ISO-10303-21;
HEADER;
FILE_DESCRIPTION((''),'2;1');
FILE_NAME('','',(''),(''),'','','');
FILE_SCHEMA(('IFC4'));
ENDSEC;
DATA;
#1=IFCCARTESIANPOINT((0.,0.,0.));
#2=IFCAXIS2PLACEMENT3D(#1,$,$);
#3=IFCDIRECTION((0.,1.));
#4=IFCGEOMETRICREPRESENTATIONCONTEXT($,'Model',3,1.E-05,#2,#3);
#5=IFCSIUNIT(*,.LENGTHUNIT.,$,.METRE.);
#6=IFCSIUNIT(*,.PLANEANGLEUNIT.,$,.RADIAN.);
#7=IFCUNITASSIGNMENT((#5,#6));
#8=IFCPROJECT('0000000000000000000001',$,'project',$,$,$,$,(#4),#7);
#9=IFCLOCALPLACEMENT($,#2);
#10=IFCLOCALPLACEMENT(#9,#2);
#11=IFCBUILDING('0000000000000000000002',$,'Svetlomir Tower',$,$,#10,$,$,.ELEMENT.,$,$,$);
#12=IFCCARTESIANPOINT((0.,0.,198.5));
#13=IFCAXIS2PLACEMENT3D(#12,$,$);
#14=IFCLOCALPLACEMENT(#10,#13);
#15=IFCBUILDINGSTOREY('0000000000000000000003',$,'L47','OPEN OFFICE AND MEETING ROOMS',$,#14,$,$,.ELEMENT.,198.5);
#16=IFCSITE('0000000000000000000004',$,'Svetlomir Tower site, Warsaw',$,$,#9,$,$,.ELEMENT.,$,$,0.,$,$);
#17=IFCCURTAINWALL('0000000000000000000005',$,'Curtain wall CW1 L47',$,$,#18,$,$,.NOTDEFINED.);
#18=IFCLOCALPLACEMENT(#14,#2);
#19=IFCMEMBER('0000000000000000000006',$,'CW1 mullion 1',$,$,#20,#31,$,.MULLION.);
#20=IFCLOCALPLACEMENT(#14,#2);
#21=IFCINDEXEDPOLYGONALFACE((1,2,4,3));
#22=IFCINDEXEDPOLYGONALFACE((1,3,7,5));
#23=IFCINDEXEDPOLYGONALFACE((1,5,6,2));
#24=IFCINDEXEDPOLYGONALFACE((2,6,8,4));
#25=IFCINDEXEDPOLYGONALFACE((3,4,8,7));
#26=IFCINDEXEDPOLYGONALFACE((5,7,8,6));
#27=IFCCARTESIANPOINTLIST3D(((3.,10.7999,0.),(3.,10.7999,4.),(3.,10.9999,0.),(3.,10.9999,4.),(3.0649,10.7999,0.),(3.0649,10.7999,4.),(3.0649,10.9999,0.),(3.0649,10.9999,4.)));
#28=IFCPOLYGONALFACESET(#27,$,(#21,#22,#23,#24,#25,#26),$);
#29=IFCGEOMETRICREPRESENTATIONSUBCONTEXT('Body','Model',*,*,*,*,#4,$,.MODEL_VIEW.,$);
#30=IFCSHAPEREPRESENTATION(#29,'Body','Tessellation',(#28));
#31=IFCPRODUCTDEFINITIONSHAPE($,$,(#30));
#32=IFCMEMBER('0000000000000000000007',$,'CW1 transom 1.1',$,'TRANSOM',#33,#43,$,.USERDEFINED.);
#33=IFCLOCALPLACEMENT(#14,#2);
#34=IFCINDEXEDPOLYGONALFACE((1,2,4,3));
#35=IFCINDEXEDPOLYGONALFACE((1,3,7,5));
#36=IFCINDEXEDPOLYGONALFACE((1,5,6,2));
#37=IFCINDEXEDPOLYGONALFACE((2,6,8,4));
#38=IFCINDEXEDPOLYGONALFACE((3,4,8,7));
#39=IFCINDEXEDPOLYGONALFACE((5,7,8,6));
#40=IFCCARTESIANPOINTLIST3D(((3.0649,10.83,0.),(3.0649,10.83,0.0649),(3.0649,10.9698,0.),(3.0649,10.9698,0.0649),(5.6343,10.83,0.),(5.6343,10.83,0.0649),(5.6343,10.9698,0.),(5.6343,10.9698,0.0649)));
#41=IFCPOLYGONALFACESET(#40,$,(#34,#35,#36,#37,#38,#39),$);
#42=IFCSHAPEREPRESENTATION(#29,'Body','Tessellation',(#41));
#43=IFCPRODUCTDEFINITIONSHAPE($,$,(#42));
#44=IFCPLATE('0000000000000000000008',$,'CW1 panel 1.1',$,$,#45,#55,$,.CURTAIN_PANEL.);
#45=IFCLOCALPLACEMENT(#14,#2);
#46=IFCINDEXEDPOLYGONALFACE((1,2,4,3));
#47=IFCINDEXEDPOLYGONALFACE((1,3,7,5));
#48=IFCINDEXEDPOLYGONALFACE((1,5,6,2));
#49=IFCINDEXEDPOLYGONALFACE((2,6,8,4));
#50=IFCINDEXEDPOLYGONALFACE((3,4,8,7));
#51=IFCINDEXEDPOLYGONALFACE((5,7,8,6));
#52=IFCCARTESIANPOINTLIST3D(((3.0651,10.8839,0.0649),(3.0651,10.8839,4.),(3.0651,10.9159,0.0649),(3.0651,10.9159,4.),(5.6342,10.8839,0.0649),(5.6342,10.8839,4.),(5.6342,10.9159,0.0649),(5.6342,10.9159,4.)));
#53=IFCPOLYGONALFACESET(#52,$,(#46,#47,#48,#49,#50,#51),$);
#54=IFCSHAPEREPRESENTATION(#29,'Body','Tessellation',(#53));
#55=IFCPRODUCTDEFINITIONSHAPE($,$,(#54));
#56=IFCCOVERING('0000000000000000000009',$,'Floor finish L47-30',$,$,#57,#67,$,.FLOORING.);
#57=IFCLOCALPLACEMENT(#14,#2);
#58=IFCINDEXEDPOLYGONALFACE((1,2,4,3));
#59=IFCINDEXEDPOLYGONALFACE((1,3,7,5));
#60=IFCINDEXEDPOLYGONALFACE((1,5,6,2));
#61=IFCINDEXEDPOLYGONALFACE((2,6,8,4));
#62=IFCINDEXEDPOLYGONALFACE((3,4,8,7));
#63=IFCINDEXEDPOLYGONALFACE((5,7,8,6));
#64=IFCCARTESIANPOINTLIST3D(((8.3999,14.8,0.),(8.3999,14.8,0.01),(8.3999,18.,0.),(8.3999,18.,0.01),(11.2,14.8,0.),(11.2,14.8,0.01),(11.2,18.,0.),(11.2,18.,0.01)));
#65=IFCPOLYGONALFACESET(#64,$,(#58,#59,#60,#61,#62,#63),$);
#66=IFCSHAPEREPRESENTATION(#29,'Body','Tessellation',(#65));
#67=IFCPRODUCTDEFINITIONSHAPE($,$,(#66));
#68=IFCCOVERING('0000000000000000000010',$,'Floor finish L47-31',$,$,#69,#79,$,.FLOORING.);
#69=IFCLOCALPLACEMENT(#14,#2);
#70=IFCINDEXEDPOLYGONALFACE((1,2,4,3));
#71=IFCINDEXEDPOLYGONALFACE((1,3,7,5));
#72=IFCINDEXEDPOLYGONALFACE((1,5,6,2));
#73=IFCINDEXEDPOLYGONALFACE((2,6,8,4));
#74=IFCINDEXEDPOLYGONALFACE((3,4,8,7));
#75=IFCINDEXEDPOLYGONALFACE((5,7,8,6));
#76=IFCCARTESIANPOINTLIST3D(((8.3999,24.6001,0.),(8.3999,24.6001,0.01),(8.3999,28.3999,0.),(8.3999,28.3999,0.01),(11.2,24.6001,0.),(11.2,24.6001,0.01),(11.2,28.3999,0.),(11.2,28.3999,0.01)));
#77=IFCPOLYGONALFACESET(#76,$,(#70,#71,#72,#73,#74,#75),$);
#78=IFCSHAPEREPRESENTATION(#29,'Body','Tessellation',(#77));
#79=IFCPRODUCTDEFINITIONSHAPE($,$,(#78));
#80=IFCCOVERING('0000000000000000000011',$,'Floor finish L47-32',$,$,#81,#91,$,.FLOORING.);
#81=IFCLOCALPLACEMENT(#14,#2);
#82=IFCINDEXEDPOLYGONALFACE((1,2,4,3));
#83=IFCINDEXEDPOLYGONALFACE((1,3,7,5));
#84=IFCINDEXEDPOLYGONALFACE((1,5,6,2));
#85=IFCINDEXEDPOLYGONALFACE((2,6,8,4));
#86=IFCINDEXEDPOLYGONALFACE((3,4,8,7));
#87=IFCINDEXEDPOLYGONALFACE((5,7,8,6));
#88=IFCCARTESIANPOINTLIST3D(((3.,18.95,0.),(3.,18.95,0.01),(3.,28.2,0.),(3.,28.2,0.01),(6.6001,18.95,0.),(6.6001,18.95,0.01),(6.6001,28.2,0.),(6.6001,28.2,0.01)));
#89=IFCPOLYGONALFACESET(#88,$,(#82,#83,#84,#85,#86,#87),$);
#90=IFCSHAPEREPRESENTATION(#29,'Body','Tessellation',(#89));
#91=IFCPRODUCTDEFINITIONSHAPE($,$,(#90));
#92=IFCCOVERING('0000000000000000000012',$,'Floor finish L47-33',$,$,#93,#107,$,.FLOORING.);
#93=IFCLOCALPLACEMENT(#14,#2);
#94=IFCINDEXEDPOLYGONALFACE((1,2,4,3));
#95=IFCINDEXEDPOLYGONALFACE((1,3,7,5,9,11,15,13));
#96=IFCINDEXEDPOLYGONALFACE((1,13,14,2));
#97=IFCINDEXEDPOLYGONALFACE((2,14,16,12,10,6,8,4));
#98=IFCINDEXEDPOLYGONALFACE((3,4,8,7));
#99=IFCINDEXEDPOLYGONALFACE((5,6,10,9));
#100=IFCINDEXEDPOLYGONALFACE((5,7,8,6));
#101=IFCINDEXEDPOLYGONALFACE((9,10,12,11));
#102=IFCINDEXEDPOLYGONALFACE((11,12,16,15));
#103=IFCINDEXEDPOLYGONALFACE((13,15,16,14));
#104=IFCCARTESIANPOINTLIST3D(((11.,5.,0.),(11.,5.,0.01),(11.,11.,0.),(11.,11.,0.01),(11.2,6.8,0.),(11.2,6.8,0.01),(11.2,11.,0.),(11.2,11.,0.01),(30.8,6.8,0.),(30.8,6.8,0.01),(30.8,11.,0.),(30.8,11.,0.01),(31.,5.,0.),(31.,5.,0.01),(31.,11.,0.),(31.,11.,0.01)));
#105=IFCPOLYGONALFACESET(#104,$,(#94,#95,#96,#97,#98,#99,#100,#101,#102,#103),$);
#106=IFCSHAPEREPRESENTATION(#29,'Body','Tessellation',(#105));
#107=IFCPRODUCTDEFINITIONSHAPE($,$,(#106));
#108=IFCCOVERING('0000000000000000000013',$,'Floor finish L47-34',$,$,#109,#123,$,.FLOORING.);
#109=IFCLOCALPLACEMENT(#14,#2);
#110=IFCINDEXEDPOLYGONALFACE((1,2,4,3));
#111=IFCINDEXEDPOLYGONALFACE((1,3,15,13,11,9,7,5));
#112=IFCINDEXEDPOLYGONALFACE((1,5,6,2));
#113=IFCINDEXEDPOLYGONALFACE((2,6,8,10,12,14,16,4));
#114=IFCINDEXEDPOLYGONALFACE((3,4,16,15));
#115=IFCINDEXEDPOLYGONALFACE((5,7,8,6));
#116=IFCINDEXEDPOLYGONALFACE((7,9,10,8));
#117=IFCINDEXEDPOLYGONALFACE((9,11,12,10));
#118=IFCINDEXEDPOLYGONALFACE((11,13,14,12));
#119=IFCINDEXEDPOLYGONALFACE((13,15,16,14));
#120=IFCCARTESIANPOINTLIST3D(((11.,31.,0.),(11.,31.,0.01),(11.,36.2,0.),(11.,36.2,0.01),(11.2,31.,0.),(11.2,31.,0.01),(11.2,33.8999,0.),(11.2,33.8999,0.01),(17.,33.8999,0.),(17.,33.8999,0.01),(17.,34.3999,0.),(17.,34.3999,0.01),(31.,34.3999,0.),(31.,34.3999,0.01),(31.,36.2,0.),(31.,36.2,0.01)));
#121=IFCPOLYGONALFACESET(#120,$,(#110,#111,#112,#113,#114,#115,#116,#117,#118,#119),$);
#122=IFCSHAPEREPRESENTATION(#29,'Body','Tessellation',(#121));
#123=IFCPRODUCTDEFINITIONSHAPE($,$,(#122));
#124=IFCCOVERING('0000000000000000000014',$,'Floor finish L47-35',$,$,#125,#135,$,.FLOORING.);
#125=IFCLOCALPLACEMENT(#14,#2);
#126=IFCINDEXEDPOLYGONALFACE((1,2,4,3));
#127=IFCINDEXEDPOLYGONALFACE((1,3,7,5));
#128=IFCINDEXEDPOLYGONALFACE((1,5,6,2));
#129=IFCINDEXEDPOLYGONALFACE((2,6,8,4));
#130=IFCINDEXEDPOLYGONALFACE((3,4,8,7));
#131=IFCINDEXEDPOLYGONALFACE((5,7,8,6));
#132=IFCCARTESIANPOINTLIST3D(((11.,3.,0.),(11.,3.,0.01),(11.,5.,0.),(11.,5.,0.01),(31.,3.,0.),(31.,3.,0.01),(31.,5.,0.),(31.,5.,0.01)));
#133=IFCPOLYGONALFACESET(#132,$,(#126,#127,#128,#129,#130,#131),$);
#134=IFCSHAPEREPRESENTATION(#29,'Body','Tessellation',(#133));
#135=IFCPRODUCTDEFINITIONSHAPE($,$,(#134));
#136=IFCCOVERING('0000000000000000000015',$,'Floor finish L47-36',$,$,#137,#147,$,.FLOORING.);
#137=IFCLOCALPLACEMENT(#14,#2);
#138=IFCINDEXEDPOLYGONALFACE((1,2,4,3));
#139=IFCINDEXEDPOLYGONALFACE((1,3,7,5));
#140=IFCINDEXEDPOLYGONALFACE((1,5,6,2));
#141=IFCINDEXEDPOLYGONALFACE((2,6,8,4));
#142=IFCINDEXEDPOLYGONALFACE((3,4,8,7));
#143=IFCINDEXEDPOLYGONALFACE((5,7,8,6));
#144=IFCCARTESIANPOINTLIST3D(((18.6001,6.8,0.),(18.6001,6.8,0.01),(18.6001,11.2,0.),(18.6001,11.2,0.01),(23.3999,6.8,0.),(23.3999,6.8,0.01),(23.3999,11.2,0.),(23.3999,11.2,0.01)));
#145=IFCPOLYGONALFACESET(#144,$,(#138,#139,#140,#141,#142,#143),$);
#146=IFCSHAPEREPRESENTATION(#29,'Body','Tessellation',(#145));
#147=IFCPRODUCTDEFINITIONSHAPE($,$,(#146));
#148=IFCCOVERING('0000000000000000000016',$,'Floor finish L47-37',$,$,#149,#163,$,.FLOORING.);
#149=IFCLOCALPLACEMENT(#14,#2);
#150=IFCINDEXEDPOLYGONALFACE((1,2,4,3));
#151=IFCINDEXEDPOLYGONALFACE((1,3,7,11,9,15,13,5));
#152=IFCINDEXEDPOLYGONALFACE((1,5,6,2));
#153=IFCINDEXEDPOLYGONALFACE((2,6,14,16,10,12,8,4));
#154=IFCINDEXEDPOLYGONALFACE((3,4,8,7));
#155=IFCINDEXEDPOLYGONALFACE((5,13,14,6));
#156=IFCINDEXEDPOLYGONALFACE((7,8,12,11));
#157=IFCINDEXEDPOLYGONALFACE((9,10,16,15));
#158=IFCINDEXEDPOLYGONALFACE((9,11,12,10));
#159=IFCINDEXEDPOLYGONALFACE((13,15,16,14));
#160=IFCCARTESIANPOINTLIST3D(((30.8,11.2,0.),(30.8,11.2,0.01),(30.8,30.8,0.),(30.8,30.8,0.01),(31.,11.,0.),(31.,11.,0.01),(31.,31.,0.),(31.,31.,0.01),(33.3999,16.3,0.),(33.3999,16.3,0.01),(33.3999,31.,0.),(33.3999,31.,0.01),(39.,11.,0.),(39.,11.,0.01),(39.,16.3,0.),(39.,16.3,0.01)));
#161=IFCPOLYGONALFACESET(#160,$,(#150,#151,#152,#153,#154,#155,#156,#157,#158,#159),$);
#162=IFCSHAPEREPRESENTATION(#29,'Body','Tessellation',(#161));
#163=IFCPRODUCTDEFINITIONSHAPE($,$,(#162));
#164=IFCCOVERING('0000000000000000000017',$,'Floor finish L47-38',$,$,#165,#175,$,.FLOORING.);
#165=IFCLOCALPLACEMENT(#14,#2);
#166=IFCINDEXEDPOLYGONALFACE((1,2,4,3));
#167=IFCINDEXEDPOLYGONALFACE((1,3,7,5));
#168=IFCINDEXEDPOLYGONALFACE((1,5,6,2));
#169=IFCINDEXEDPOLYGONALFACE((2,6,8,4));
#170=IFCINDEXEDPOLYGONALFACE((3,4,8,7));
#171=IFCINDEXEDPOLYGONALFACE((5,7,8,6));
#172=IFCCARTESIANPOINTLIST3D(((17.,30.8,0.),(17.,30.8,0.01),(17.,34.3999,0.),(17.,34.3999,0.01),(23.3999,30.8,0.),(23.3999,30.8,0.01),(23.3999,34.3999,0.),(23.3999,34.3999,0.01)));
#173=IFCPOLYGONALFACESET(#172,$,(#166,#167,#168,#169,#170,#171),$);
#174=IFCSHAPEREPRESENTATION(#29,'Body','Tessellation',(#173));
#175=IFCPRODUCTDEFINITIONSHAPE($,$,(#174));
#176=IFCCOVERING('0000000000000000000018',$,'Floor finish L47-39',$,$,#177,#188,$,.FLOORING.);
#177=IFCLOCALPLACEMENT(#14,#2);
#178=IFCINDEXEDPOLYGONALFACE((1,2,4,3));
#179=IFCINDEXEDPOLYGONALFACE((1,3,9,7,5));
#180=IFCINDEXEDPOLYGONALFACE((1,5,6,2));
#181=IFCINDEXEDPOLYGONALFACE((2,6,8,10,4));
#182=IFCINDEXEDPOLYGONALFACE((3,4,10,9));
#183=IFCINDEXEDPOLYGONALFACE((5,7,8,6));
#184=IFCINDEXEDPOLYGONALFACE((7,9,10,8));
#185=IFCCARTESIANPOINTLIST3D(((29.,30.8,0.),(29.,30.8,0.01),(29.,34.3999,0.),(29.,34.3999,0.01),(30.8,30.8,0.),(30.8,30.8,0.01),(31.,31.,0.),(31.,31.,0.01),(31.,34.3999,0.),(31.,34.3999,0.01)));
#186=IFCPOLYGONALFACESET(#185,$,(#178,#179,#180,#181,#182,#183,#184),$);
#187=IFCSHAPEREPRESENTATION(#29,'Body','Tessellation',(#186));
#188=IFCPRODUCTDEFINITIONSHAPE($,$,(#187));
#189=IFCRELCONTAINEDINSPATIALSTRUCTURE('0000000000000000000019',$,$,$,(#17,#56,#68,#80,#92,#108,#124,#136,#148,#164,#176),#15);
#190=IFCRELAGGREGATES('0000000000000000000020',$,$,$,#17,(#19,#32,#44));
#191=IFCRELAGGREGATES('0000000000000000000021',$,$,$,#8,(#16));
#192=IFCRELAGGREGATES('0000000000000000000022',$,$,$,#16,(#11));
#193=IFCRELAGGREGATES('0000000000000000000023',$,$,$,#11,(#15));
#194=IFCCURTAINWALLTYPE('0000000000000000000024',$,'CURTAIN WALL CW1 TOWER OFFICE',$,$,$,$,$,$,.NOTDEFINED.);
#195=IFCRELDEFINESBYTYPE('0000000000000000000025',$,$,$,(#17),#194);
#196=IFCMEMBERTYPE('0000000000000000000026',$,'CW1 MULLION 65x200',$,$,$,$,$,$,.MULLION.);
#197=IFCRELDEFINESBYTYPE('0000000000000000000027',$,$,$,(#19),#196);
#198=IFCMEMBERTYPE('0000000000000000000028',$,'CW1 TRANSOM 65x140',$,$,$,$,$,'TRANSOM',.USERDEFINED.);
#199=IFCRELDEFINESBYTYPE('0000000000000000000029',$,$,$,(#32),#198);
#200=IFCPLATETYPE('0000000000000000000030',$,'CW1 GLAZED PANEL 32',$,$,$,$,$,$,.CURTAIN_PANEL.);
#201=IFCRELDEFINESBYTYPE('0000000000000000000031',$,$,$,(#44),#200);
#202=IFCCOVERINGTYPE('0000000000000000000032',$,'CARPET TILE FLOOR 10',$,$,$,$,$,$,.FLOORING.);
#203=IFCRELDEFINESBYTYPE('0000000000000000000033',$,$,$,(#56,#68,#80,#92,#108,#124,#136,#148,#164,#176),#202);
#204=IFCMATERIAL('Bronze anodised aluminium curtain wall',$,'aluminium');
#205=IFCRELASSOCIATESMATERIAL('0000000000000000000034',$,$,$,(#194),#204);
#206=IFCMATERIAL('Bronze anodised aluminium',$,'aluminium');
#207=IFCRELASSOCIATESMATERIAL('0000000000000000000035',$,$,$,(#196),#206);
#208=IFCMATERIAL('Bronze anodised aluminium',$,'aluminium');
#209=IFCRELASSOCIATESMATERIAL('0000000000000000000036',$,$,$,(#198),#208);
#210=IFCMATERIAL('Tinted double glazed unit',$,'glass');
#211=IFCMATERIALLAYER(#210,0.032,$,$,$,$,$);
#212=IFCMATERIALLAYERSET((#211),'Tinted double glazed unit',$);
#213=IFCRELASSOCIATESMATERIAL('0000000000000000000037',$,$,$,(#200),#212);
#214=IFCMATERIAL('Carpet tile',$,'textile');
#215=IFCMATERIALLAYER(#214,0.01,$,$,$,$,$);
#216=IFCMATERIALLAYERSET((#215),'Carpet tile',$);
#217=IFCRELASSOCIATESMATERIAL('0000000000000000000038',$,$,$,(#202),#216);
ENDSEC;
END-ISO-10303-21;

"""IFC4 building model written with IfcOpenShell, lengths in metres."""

from ifc_helpers import new_model, si_unit, direction, frame, origin, origin_2d, place, context, subcontext, project, spatial, polyline, rectangle, outline, extrude, material, layer, layer_set, material_profile, profile_set, type_object, element, aggregate, save


model = new_model("IFC4")

# Units and contexts
model_context = context("Model", 3, precision=1e-05, world=origin(), true_north=direction((0.0, 1.0)))
body_context = subcontext(model_context, "Body", "Model", "MODEL_VIEW")
ifc_project = project(units=[si_unit("LENGTHUNIT", "METRE"), si_unit("PLANEANGLEUNIT", "RADIAN")], contexts=[model_context])

# Site, building, storey
site_placement = place(None, origin())
site = spatial("IfcSite", under=ifc_project, at=site_placement, Name="Svetlomir Tower site, Warsaw", CompositionType="ELEMENT", RefElevation=0.0)
building_placement = place(site_placement, origin())
building = spatial("IfcBuilding", under=site, at=building_placement, Name="Svetlomir Tower", CompositionType="ELEMENT")
storey_placement = place(building_placement, frame((0.0, 0.0, 198.5)))
storey = spatial("IfcBuildingStorey", under=building, at=storey_placement, Name="L47", Description="OPEN OFFICE AND MEETING ROOMS", CompositionType="ELEMENT", Elevation=198.5)

# Curtain wall, members, plate
ifc_material_1 = material(Name="Bronze anodised aluminium curtain wall", Category="aluminium")
curtain_wall_type = type_object("IfcCurtainWallType", Name="CURTAIN WALL CW1 TOWER OFFICE", PredefinedType="NOTDEFINED", material=ifc_material_1)
curtain_wall_placement = place(storey_placement, origin())
curtain_wall = element("IfcCurtainWall", 1, at=curtain_wall_placement, inside=storey, type_object=curtain_wall_type, Name="Curtain wall CW1 L47", PredefinedType="NOTDEFINED")
ifc_material_2 = material(Name="Bronze anodised aluminium", Category="aluminium")
ifc_material_profile_1 = material_profile(ifc_material_2, rectangle(XDim=0.0649, YDim=0.2, at=origin_2d()), Name="AL 65x200")
ifc_profile_set_1 = profile_set([ifc_material_profile_1], Name="Bronze anodised aluminium 6063-T6")
member_type_1 = type_object("IfcMemberType", Name="CW1 MULLION 65x200", PredefinedType="MULLION", material=ifc_profile_set_1)
member_1_placement = place(storey_placement, frame((3.0325, 10.8999, 0.0), z_axis=(0.0, 0.0, 1.0), x_axis=(1.0, 0.0, 0.0)))
member_1 = element("IfcMember", 2, at=member_1_placement, type_object=member_type_1, Name="CW1 mullion 1", PredefinedType="MULLION", context=body_context, shape_type="SweptSolid", body=[
    extrude(rectangle(XDim=0.0649, YDim=0.2, at=origin_2d()), origin(), (0.0, 0.0, 1.0), 4.0),
])
ifc_material_3 = material(Name="Bronze anodised aluminium", Category="aluminium")
ifc_material_profile_2 = material_profile(ifc_material_3, rectangle(XDim=0.1399, YDim=0.0649, at=origin_2d()), Name="AL 140x65")
ifc_profile_set_2 = profile_set([ifc_material_profile_2], Name="Bronze anodised aluminium 6063-T6")
member_type_2 = type_object("IfcMemberType", Name="CW1 TRANSOM 65x140", ElementType="TRANSOM", PredefinedType="USERDEFINED", material=ifc_profile_set_2)
member_2_placement = place(storey_placement, frame((3.0649, 10.8999, 0.0325), z_axis=(1.0, 0.0, 0.0), x_axis=(0.0, 1.0, 0.0)))
member_2 = element("IfcMember", 3, at=member_2_placement, type_object=member_type_2, Name="CW1 transom 1.1", ObjectType="TRANSOM", PredefinedType="USERDEFINED", context=body_context, shape_type="SweptSolid", body=[
    extrude(rectangle(XDim=0.1399, YDim=0.0649, at=origin_2d()), origin(), (0.0, 0.0, 1.0), 2.5693),
])
ifc_material_4 = material(Name="Tinted double glazed unit", Category="glass")
ifc_layer_1 = layer(ifc_material_4, 0.032)
ifc_layer_set_1 = layer_set([ifc_layer_1], Name="Tinted double glazed unit")
plate_type = type_object("IfcPlateType", Name="CW1 GLAZED PANEL 32", PredefinedType="CURTAIN_PANEL", material=ifc_layer_set_1)
plate_placement = place(storey_placement, frame((4.3496, 10.8999, 0.0649), z_axis=(0.0, 0.0, 1.0), x_axis=(1.0, 0.0, 0.0)))
plate = element("IfcPlate", 4, at=plate_placement, type_object=plate_type, Name="CW1 panel 1.1", PredefinedType="CURTAIN_PANEL", context=body_context, shape_type="SweptSolid", body=[
    extrude(rectangle(XDim=2.5691, YDim=0.032, at=origin_2d()), origin(), (0.0, 0.0, 1.0), 3.9351),
])
aggregate(curtain_wall, [member_1, member_2, plate])

# Coverings
ifc_material_5 = material(Name="Carpet tile", Category="textile")
ifc_layer_2 = layer(ifc_material_5, 0.01)
ifc_layer_set_2 = layer_set([ifc_layer_2], Name="Carpet tile")
covering_type_1 = type_object("IfcCoveringType", Name="CARPET TILE FLOOR 10", PredefinedType="FLOORING", material=ifc_layer_set_2)
covering_1_placement = place(storey_placement, origin())
element("IfcCovering", 5, at=covering_1_placement, inside=storey, type_object=covering_type_1, Name="Floor finish L47-30", PredefinedType="FLOORING", context=body_context, shape_type="SweptSolid", body=[
    extrude(outline(polyline([(8.3999, 14.8), (11.2, 14.8), (11.2, 18.0), (8.3999, 18.0), (8.3999, 14.8)])), origin(), (0.0, 0.0, 1.0), 0.01),
])
covering_2_placement = place(storey_placement, origin())
element("IfcCovering", 6, at=covering_2_placement, inside=storey, type_object=covering_type_1, Name="Floor finish L47-31", PredefinedType="FLOORING", context=body_context, shape_type="SweptSolid", body=[
    extrude(outline(polyline([(8.3999, 24.6001), (11.2, 24.6001), (11.2, 28.3999), (8.3999, 28.3999), (8.3999, 24.6001)])), origin(), (0.0, 0.0, 1.0), 0.01),
])
covering_3_placement = place(storey_placement, origin())
element("IfcCovering", 7, at=covering_3_placement, inside=storey, type_object=covering_type_1, Name="Floor finish L47-32", PredefinedType="FLOORING", context=body_context, shape_type="SweptSolid", body=[
    extrude(outline(polyline([(3.0, 18.95), (6.6001, 18.95), (6.6001, 28.2), (3.0, 28.2), (3.0, 18.95)])), origin(), (0.0, 0.0, 1.0), 0.01),
])
covering_4_placement = place(storey_placement, origin())
element("IfcCovering", 8, at=covering_4_placement, inside=storey, type_object=covering_type_1, Name="Floor finish L47-33", PredefinedType="FLOORING", context=body_context, shape_type="SweptSolid", body=[
    extrude(outline(polyline([(11.0, 11.0), (11.2, 11.0), (11.2, 6.8), (30.8, 6.8), (30.8, 11.0), (31.0, 11.0), (31.0, 5.0), (11.0, 5.0), (11.0, 11.0)])), origin(), (0.0, 0.0, 1.0), 0.01),
])
covering_5_placement = place(storey_placement, origin())
element("IfcCovering", 9, at=covering_5_placement, inside=storey, type_object=covering_type_1, Name="Floor finish L47-34", PredefinedType="FLOORING", context=body_context, shape_type="SweptSolid", body=[
    extrude(outline(polyline([(11.2, 31.0), (11.0, 31.0), (11.0, 36.2), (31.0, 36.2), (31.0, 34.3999), (17.0, 34.3999), (17.0, 33.8999), (11.2, 33.8999), (11.2, 31.0)])), origin(), (0.0, 0.0, 1.0), 0.01),
])
covering_6_placement = place(storey_placement, origin())
element("IfcCovering", 10, at=covering_6_placement, inside=storey, type_object=covering_type_1, Name="Floor finish L47-35", PredefinedType="FLOORING", context=body_context, shape_type="SweptSolid", body=[
    extrude(outline(polyline([(11.0, 3.0), (11.0, 5.0), (31.0, 5.0), (31.0, 3.0), (11.0, 3.0)])), origin(), (0.0, 0.0, 1.0), 0.01),
])
covering_7_placement = place(storey_placement, origin())
element("IfcCovering", 11, at=covering_7_placement, inside=storey, type_object=covering_type_1, Name="Floor finish L47-36", PredefinedType="FLOORING", context=body_context, shape_type="SweptSolid", body=[
    extrude(outline(polyline([(23.3999, 6.8), (18.6001, 6.8), (18.6001, 11.2), (23.3999, 11.2), (23.3999, 6.8)])), origin(), (0.0, 0.0, 1.0), 0.01),
])
covering_8_placement = place(storey_placement, origin())
element("IfcCovering", 12, at=covering_8_placement, inside=storey, type_object=covering_type_1, Name="Floor finish L47-37", PredefinedType="FLOORING", context=body_context, shape_type="SweptSolid", body=[
    extrude(outline(polyline([(30.8, 30.8), (31.0, 31.0), (33.3999, 31.0), (33.3999, 16.3), (39.0, 16.3), (39.0, 11.0), (31.0, 11.0), (30.8, 11.2), (30.8, 30.8)])), origin(), (0.0, 0.0, 1.0), 0.01),
])
covering_9_placement = place(storey_placement, origin())
element("IfcCovering", 13, at=covering_9_placement, inside=storey, type_object=covering_type_1, Name="Floor finish L47-38", PredefinedType="FLOORING", context=body_context, shape_type="SweptSolid", body=[
    extrude(outline(polyline([(17.0, 30.8), (17.0, 34.3999), (23.3999, 34.3999), (23.3999, 30.8), (17.0, 30.8)])), origin(), (0.0, 0.0, 1.0), 0.01),
])
covering_10_placement = place(storey_placement, origin())
element("IfcCovering", 14, at=covering_10_placement, inside=storey, type_object=covering_type_1, Name="Floor finish L47-39", PredefinedType="FLOORING", context=body_context, shape_type="SweptSolid", body=[
    extrude(outline(polyline([(29.0, 30.8), (29.0, 34.3999), (31.0, 34.3999), (31.0, 31.0), (30.8, 30.8), (29.0, 30.8)])), origin(), (0.0, 0.0, 1.0), 0.01),
])

save(model, "model.ifc")
